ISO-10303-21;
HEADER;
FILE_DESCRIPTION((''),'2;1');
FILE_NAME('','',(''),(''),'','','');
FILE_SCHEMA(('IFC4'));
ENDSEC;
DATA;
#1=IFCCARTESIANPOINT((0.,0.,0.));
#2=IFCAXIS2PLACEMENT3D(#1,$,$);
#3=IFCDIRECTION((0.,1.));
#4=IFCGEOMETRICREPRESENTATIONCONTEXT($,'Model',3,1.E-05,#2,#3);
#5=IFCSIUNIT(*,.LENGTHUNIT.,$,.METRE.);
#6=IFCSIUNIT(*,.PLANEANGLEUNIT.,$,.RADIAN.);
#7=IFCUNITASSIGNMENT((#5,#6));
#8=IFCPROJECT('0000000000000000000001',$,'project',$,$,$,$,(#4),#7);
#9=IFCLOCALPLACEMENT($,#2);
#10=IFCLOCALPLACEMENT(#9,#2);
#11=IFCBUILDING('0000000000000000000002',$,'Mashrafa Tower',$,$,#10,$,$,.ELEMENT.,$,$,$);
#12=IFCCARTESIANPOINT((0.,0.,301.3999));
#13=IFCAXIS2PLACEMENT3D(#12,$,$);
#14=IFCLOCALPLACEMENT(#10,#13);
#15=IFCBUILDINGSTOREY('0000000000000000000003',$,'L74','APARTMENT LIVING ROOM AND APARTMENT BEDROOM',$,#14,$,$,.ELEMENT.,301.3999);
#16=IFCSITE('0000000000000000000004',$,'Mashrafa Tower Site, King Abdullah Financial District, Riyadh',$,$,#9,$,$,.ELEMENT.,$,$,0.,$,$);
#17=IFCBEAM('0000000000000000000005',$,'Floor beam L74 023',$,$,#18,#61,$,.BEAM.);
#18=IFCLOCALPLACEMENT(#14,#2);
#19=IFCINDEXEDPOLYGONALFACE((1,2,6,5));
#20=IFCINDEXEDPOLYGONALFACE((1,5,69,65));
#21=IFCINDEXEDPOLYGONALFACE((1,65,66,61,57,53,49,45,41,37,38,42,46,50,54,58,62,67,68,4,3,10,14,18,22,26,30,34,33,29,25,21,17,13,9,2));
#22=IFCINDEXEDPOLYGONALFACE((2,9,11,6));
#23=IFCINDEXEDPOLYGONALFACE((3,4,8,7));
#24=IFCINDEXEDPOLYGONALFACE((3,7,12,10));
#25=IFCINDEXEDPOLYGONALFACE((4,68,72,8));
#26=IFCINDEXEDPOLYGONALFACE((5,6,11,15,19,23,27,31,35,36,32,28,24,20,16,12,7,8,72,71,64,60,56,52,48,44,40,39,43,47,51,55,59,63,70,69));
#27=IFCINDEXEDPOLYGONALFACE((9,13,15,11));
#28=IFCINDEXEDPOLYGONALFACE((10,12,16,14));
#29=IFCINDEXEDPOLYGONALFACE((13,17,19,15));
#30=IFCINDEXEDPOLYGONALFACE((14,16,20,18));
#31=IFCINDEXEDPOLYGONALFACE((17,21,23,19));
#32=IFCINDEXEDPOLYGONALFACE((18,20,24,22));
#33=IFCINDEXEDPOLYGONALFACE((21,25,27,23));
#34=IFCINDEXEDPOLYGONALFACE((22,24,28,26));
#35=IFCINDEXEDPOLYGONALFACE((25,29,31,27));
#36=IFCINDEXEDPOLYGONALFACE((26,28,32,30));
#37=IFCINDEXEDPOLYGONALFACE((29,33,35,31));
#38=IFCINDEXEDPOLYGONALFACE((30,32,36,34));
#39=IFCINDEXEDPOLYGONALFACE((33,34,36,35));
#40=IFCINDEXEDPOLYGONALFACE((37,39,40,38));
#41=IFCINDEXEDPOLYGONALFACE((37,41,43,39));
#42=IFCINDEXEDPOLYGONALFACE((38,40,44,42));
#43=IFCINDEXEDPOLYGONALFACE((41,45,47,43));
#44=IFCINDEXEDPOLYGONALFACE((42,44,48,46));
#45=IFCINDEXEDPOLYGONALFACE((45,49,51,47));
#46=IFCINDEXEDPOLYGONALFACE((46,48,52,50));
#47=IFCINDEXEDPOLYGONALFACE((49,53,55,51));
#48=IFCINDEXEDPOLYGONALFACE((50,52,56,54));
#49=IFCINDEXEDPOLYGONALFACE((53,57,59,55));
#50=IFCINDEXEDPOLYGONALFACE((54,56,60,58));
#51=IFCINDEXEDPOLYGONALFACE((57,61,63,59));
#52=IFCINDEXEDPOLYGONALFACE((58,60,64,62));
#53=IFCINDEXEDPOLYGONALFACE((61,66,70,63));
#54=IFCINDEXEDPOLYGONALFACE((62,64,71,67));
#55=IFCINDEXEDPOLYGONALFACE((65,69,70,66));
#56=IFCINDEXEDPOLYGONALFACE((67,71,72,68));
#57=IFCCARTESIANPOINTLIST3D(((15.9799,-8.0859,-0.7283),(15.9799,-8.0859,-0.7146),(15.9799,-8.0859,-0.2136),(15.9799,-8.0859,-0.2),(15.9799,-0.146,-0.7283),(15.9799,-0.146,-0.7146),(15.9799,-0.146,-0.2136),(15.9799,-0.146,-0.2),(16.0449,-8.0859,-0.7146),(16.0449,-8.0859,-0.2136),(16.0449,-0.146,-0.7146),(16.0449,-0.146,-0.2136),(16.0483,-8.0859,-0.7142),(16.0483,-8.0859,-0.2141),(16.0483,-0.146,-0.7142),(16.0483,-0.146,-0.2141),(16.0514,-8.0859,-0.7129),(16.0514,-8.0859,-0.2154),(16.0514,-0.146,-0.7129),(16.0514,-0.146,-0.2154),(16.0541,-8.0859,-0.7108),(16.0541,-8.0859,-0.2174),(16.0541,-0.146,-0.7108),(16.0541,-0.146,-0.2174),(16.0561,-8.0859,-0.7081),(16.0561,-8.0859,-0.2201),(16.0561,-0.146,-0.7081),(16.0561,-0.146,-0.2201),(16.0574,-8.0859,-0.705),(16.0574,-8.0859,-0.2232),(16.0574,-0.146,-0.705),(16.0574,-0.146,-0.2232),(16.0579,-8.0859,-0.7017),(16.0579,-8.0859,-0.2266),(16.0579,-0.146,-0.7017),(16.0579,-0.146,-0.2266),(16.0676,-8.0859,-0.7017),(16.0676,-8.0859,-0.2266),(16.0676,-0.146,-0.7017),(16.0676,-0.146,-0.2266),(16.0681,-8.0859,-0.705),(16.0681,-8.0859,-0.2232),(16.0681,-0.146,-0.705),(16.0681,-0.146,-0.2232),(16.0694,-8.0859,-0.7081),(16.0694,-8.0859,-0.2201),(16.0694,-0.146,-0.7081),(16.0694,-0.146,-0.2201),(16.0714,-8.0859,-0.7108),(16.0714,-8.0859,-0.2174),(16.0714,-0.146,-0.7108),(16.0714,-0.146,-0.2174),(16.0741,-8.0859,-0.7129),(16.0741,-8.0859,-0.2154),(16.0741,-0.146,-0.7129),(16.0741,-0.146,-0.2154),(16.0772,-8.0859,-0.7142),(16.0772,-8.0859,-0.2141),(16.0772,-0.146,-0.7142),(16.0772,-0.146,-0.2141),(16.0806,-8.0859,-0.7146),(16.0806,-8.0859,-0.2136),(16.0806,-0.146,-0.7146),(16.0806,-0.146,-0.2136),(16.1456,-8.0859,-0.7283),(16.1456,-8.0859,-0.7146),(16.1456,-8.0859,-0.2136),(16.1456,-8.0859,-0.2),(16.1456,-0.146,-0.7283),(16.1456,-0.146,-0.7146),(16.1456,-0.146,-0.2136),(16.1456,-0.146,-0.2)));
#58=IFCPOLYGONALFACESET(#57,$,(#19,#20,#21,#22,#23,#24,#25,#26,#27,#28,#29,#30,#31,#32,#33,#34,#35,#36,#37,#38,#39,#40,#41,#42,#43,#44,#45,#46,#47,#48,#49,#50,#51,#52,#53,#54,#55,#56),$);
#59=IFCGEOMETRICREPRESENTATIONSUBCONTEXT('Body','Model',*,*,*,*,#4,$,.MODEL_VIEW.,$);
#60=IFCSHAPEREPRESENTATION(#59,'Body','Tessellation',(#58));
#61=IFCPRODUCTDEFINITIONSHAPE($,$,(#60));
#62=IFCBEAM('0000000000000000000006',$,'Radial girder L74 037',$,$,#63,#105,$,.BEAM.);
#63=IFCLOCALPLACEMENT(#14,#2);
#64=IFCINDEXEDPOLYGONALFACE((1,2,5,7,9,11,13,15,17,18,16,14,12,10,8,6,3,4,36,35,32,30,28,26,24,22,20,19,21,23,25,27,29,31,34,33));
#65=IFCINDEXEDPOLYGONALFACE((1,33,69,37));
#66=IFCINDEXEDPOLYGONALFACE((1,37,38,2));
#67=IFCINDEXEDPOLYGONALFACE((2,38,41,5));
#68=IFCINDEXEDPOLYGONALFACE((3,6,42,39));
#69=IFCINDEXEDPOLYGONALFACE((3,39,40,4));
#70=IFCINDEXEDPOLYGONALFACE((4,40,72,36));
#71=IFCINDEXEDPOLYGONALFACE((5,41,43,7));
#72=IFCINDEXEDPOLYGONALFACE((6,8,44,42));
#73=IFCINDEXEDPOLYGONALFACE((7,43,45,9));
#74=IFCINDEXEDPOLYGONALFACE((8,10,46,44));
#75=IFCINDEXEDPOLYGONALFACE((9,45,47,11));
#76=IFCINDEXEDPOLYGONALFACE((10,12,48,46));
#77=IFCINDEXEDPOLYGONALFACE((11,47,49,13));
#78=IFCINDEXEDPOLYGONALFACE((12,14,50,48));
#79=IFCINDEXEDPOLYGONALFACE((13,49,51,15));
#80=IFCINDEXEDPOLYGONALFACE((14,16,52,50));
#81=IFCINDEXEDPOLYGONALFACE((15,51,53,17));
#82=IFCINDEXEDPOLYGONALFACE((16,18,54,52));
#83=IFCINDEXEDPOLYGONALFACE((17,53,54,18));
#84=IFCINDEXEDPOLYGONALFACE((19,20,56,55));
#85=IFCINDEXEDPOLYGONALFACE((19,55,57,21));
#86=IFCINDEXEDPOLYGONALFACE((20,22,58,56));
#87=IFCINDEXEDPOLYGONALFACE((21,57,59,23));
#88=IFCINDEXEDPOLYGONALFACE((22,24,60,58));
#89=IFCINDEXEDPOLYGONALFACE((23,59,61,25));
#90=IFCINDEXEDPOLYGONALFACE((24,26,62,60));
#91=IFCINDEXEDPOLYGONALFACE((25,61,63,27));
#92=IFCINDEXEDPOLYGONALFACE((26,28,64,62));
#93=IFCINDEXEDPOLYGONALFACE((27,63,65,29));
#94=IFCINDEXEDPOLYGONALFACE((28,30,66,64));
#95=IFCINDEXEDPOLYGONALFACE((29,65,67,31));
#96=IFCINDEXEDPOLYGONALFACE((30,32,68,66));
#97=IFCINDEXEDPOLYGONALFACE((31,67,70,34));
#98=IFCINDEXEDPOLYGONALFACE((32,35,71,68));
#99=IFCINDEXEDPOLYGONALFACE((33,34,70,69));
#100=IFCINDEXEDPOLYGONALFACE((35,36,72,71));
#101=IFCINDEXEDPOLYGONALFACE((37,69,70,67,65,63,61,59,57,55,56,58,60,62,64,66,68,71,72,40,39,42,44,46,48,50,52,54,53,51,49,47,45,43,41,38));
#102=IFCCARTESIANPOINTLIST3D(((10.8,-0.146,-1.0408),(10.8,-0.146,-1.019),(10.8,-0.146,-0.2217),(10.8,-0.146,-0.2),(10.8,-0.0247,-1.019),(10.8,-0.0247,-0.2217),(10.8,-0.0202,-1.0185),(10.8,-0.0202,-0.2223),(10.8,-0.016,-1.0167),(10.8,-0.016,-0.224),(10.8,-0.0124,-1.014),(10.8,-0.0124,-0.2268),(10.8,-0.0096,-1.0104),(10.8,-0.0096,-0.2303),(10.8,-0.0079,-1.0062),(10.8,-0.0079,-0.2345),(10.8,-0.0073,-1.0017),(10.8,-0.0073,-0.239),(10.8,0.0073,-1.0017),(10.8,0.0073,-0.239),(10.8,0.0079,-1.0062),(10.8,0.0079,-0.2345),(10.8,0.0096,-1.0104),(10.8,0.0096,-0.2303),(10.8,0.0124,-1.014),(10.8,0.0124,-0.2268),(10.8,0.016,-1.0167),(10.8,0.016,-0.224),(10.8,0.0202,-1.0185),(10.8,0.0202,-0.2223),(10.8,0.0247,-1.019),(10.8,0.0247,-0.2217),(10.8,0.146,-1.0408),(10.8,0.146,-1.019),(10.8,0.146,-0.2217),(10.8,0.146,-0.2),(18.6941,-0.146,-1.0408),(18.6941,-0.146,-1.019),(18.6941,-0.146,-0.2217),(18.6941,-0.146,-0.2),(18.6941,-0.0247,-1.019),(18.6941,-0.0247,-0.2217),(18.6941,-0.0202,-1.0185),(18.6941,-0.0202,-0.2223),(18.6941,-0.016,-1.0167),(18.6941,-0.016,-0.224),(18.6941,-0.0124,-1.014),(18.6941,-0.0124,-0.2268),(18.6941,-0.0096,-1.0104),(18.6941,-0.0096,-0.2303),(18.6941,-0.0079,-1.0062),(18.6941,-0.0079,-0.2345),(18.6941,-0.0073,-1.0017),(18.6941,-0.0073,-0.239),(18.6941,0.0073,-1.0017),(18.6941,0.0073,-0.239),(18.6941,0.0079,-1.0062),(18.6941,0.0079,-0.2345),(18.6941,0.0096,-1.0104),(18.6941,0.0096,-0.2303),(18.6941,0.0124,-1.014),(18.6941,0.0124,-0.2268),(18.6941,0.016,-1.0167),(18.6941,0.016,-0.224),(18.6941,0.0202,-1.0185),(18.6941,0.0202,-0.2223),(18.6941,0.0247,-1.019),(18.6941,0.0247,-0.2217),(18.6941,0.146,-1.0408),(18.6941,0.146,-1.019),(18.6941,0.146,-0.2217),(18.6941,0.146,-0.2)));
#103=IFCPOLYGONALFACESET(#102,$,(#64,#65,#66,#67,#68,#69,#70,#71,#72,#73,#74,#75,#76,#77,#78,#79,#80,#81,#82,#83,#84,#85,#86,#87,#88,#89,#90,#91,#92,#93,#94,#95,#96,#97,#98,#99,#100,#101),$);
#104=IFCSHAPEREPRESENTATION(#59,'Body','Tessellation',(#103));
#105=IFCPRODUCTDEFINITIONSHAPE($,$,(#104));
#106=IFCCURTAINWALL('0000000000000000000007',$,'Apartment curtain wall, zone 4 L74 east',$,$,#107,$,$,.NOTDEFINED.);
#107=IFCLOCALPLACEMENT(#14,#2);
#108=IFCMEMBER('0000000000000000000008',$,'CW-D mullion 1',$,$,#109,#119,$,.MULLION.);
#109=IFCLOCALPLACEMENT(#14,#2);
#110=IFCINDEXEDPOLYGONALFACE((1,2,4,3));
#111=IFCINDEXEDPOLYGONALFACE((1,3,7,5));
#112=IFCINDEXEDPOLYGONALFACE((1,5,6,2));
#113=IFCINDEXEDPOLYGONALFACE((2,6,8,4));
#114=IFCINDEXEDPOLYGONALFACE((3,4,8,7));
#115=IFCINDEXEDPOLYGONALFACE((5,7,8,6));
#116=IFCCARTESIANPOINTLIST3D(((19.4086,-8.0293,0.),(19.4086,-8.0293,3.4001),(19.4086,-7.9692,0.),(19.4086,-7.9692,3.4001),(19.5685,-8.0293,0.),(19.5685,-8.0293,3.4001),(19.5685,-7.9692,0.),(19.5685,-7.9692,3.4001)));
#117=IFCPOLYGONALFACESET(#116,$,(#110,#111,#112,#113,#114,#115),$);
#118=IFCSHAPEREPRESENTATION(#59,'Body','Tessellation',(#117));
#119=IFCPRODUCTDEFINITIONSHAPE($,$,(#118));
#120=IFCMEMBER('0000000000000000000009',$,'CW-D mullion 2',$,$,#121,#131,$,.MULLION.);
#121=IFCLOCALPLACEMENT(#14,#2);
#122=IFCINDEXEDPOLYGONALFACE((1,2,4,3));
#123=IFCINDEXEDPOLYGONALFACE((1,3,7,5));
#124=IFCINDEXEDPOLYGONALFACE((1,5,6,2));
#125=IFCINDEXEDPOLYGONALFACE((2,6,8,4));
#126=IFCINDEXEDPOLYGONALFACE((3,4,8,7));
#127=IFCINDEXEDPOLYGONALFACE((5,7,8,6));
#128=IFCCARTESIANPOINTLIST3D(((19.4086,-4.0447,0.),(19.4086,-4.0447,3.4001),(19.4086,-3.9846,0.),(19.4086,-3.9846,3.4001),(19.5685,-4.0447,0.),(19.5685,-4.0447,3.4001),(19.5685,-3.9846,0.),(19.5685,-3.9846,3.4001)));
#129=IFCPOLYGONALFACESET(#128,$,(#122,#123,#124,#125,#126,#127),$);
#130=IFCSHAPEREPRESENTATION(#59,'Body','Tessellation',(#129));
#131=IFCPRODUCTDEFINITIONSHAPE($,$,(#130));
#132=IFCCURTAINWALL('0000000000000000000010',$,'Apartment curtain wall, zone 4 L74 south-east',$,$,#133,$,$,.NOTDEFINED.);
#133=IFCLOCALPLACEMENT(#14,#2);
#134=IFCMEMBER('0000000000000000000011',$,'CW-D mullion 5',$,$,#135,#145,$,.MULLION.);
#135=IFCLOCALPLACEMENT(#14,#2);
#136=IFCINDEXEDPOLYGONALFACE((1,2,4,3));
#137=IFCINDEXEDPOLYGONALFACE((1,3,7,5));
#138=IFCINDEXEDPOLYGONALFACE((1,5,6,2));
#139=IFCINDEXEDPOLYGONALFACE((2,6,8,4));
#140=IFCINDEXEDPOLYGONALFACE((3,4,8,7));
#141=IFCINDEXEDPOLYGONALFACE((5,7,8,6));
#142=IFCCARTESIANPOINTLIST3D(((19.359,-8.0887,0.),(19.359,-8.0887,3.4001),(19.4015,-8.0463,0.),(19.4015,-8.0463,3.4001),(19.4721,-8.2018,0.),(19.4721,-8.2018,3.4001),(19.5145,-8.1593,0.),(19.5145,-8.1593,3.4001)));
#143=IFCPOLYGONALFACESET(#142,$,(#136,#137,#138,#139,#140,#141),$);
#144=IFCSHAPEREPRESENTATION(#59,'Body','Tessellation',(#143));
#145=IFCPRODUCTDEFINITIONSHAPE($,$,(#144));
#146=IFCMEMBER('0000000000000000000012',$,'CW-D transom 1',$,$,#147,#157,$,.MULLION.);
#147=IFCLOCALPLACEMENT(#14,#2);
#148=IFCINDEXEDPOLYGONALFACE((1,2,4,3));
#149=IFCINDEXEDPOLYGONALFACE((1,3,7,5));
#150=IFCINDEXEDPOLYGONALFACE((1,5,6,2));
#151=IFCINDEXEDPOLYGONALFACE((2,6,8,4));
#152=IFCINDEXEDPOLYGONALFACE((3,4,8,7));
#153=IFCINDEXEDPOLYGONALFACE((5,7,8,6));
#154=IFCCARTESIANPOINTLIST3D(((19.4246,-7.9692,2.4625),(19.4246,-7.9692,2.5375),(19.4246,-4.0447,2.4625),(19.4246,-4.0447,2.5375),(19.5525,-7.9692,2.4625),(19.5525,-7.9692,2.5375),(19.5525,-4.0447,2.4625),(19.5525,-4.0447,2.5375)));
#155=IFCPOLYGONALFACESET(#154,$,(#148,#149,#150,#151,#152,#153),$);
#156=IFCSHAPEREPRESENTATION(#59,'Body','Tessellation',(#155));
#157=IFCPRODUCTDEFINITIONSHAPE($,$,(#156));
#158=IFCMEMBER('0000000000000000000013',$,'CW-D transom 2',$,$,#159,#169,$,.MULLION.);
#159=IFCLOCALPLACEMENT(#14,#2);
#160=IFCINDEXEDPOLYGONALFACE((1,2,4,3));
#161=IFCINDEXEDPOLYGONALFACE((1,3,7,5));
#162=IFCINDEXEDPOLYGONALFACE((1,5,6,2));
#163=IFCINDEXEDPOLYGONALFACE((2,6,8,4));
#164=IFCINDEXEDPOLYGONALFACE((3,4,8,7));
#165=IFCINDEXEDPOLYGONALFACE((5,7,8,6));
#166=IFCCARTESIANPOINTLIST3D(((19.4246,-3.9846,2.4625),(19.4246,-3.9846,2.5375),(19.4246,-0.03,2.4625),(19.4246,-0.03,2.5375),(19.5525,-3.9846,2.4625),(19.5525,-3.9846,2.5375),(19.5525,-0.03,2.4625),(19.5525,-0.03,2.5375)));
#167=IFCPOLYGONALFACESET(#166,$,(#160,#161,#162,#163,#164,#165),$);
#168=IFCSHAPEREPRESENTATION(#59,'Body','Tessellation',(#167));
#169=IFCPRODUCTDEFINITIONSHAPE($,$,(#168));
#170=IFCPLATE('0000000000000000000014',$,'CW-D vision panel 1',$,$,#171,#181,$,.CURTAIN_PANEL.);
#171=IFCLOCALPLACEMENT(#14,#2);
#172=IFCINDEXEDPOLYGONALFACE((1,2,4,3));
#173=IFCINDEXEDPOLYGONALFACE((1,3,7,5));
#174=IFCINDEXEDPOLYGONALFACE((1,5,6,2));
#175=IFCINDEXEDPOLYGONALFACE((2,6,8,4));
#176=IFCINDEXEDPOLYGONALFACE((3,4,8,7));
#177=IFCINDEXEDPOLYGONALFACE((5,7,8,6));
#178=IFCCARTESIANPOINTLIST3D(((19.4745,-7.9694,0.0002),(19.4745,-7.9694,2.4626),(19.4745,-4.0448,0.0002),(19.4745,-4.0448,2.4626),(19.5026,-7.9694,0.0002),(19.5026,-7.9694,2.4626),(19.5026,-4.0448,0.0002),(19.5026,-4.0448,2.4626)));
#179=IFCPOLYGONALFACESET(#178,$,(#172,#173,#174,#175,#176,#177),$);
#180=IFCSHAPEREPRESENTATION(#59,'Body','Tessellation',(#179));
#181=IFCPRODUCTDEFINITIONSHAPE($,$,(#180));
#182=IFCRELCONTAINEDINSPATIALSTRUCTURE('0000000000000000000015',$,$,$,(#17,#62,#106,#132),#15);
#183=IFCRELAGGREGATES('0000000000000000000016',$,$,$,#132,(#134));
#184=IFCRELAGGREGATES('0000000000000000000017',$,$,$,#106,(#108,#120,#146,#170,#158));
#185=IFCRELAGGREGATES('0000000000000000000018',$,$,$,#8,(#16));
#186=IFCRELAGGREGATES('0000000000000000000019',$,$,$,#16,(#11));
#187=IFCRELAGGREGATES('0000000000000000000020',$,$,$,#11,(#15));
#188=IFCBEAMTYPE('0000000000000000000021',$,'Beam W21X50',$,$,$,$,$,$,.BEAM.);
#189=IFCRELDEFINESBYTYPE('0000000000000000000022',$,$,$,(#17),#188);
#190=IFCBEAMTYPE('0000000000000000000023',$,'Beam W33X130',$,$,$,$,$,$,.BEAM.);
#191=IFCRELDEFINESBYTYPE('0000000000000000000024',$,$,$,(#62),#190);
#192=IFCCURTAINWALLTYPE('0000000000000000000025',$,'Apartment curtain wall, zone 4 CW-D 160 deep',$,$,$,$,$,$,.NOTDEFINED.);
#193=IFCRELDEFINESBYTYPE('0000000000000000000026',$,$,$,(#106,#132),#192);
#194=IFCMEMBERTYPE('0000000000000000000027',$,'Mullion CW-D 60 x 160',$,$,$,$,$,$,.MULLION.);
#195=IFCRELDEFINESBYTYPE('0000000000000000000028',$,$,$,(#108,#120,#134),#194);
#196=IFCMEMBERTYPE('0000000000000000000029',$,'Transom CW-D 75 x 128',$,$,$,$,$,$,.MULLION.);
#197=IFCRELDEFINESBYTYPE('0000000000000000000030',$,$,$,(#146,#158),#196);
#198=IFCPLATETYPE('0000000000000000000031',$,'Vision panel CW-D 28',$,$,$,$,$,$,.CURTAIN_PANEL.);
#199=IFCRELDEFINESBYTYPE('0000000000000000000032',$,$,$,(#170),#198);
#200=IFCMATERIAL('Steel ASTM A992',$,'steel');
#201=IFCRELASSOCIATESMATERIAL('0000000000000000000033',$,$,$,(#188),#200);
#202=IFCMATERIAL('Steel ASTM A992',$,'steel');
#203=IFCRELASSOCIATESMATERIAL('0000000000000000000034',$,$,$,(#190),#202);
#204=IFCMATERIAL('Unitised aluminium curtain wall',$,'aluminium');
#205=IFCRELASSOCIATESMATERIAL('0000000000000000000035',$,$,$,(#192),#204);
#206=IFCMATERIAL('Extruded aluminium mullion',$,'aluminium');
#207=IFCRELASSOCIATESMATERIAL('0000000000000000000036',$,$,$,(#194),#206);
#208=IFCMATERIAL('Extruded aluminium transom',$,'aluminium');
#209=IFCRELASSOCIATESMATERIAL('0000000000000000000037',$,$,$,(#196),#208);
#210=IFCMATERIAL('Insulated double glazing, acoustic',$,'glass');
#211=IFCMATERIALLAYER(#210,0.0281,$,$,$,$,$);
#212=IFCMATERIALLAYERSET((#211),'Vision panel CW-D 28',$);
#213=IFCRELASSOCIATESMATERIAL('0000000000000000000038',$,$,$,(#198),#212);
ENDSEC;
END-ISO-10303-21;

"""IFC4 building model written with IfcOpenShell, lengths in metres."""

from ifc_helpers import new_model, si_unit, direction, frame, origin, origin_2d, place, context, subcontext, project, spatial, rectangle, i_section, extrude, source, transform, mapped, material, layer, layer_set, material_profile, profile_set, type_object, type_shapes, element, aggregate, save


model = new_model("IFC4")

# Units and contexts
model_context = context("Model", 3, precision=1e-05, world=origin(), true_north=direction((0.0, 1.0)))
body_context = subcontext(model_context, "Body", "Model", "MODEL_VIEW")
ifc_project = project(units=[si_unit("LENGTHUNIT", "METRE"), si_unit("PLANEANGLEUNIT", "RADIAN")], contexts=[model_context])

# Site, building, storey
site_placement = place(None, origin())
site = spatial("IfcSite", under=ifc_project, at=site_placement, Name="Mashrafa Tower Site, King Abdullah Financial District, Riyadh", CompositionType="ELEMENT", RefElevation=0.0)
building_placement = place(site_placement, origin())
building = spatial("IfcBuilding", under=site, at=building_placement, Name="Mashrafa Tower", CompositionType="ELEMENT")
storey_placement = place(building_placement, frame((0.0, 0.0, 301.3999)))
storey = spatial("IfcBuildingStorey", under=building, at=storey_placement, Name="L74", Description="APARTMENT LIVING ROOM AND APARTMENT BEDROOM", CompositionType="ELEMENT", Elevation=301.3999)

# Beams
ifc_material_1 = material(Name="Steel ASTM A992", Category="steel")
ifc_material_profile_1 = material_profile(ifc_material_1, i_section(OverallWidth=0.1658, OverallDepth=0.5283, WebThickness=0.0098, FlangeThickness=0.0137, FilletRadius=0.0129, at=origin_2d()), Name="W21X50")
ifc_profile_set_1 = profile_set([ifc_material_profile_1], Name="Steel ASTM A992")
beam_type_1 = type_object("IfcBeamType", Name="Beam W21X50", PredefinedType="BEAM", material=ifc_profile_set_1)
beam_1_placement = place(storey_placement, frame((16.0627, -0.146, -0.4641), z_axis=(0.0, -1.0, 0.0), x_axis=(1.0, 0.0, 0.0)))
element("IfcBeam", 1, at=beam_1_placement, inside=storey, type_object=beam_type_1, Name="Floor beam L74 023", PredefinedType="BEAM", context=body_context, shape_type="SweptSolid", body=[
    extrude(i_section(OverallWidth=0.1658, OverallDepth=0.5283, WebThickness=0.0098, FlangeThickness=0.0137, FilletRadius=0.0129, at=origin_2d()), origin(), (0.0, 0.0, 1.0), 7.9399),
])
ifc_material_2 = material(Name="Steel ASTM A992", Category="steel")
ifc_material_profile_2 = material_profile(ifc_material_2, i_section(OverallWidth=0.292, OverallDepth=0.8408, WebThickness=0.0146, FlangeThickness=0.0217, FilletRadius=0.0173, at=origin_2d()), Name="W33X130")
ifc_profile_set_2 = profile_set([ifc_material_profile_2], Name="Steel ASTM A992")
beam_type_2 = type_object("IfcBeamType", Name="Beam W33X130", PredefinedType="BEAM", material=ifc_profile_set_2)
beam_2_placement = place(storey_placement, frame((10.8, 0.0, -0.6204), z_axis=(1.0, 0.0, 0.0), x_axis=(0.0, 1.0, 0.0)))
element("IfcBeam", 2, at=beam_2_placement, inside=storey, type_object=beam_type_2, Name="Radial girder L74 037", PredefinedType="BEAM", context=body_context, shape_type="SweptSolid", body=[
    extrude(i_section(OverallWidth=0.292, OverallDepth=0.8408, WebThickness=0.0146, FlangeThickness=0.0217, FilletRadius=0.0173, at=origin_2d()), origin(), (0.0, 0.0, 1.0), 7.894),
])

# Curtain wall, members
ifc_material_3 = material(Name="Unitised aluminium curtain wall", Category="aluminium")
curtain_wall_type = type_object("IfcCurtainWallType", Name="Apartment curtain wall, zone 4 CW-D 160 deep", PredefinedType="NOTDEFINED", material=ifc_material_3)
curtain_wall_1_placement = place(storey_placement, origin())
curtain_wall_1 = element("IfcCurtainWall", 3, at=curtain_wall_1_placement, inside=storey, type_object=curtain_wall_type, Name="Apartment curtain wall, zone 4 L74 east", PredefinedType="NOTDEFINED")
ifc_material_4 = material(Name="Extruded aluminium mullion", Category="aluminium")
ifc_material_profile_3 = material_profile(ifc_material_4, rectangle(XDim=0.1599, YDim=0.0601, at=origin_2d()), Name="Mullion 60x160")
ifc_profile_set_3 = profile_set([ifc_material_profile_3], Name="Extruded aluminium mullion")
member_type_1 = type_object("IfcMemberType", Name="Mullion CW-D 60 x 160", PredefinedType="MULLION", material=ifc_profile_set_3)
shared_shape_1 = source(origin(), body_context, "Body", "SweptSolid", [
    extrude(rectangle(XDim=0.1599, YDim=0.0601, at=origin_2d()), origin(), (0.0, 0.0, 1.0), 3.4001),
])
type_shapes(member_type_1, [shared_shape_1])
member_1_placement = place(storey_placement, frame((19.4885, -7.9993, 0.0), z_axis=(0.0, 0.0, 1.0), x_axis=(-1.0, 0.0, 0.0)))
member_1 = element("IfcMember", 4, at=member_1_placement, type_object=member_type_1, Name="CW-D mullion 1", PredefinedType="MULLION", context=body_context, shape_type="MappedRepresentation", body=[
    mapped(shared_shape_1, transform((0.0, 0.0, 0.0))),
])
member_2_placement = place(storey_placement, frame((19.4885, -4.0146, 0.0), z_axis=(0.0, 0.0, 1.0), x_axis=(-1.0, 0.0, 0.0)))
member_2 = element("IfcMember", 5, at=member_2_placement, type_object=member_type_1, Name="CW-D mullion 2", PredefinedType="MULLION", context=body_context, shape_type="MappedRepresentation", body=[
    mapped(shared_shape_1, transform((0.0, 0.0, 0.0))),
])

# Curtain wall, member
curtain_wall_2_placement = place(storey_placement, origin())
curtain_wall_2 = element("IfcCurtainWall", 6, at=curtain_wall_2_placement, inside=storey, type_object=curtain_wall_type, Name="Apartment curtain wall, zone 4 L74 south-east", PredefinedType="NOTDEFINED")
member_3_placement = place(storey_placement, frame((19.4368, -8.124, 0.0), z_axis=(0.0, 0.0, 1.0), x_axis=(-0.707107, 0.707107, 0.0)))
member_3 = element("IfcMember", 7, at=member_3_placement, type_object=member_type_1, Name="CW-D mullion 5", PredefinedType="MULLION", context=body_context, shape_type="MappedRepresentation", body=[
    mapped(shared_shape_1, transform((0.0, 0.0, 0.0))),
])

# Members
ifc_material_5 = material(Name="Extruded aluminium transom", Category="aluminium")
ifc_material_profile_4 = material_profile(ifc_material_5, rectangle(XDim=0.1279, YDim=0.075, at=origin_2d()), Name="Transom 75x128")
ifc_profile_set_4 = profile_set([ifc_material_profile_4], Name="Extruded aluminium transom")
member_type_2 = type_object("IfcMemberType", Name="Transom CW-D 75 x 128", PredefinedType="MULLION", material=ifc_profile_set_4)
shared_shape_2 = source(origin(), body_context, "Body", "SweptSolid", [
    extrude(rectangle(XDim=0.1279, YDim=0.075, at=origin_2d()), origin(), (0.0, 0.0, 1.0), 3.9246),
])
member_4_placement = place(storey_placement, frame((19.4885, -7.9692, 2.5), z_axis=(0.0, 1.0, 0.0), x_axis=(-1.0, 0.0, 0.0)))
member_4 = element("IfcMember", 8, at=member_4_placement, type_object=member_type_2, Name="CW-D transom 1", PredefinedType="MULLION", context=body_context, shape_type="MappedRepresentation", body=[
    mapped(shared_shape_2, transform((0.0, 0.0, 0.0))),
])
shared_shape_3 = source(origin(), body_context, "Body", "SweptSolid", [
    extrude(rectangle(XDim=0.1279, YDim=0.075, at=origin_2d()), origin(), (0.0, 0.0, 1.0), 3.9546),
])
type_shapes(member_type_2, [shared_shape_2, shared_shape_3])
member_5_placement = place(storey_placement, frame((19.4885, -3.9846, 2.5), z_axis=(0.0, 1.0, 0.0), x_axis=(-1.0, 0.0, 0.0)))
member_5 = element("IfcMember", 9, at=member_5_placement, type_object=member_type_2, Name="CW-D transom 2", PredefinedType="MULLION", context=body_context, shape_type="MappedRepresentation", body=[
    mapped(shared_shape_3, transform((0.0, 0.0, 0.0))),
])

# Plate
ifc_material_6 = material(Name="Insulated double glazing, acoustic", Category="glass")
ifc_layer_1 = layer(ifc_material_6, 0.0281)
ifc_layer_set_1 = layer_set([ifc_layer_1], Name="Vision panel CW-D 28")
plate_type_1 = type_object("IfcPlateType", Name="Vision panel CW-D 28", PredefinedType="CURTAIN_PANEL", material=ifc_layer_set_1)
shared_shape_4 = source(origin(), body_context, "Body", "SweptSolid", [
    extrude(rectangle(XDim=3.9246, YDim=0.0281, at=origin_2d()), origin(), (0.0, 0.0, 1.0), 2.4624),
])
plate_1_placement = place(storey_placement, frame((19.4885, -6.0071, 0.0002), z_axis=(0.0, 0.0, 1.0), x_axis=(0.0, 1.0, 0.0)))
plate_1 = element("IfcPlate", 10, at=plate_1_placement, type_object=plate_type_1, Name="CW-D vision panel 1", PredefinedType="CURTAIN_PANEL", context=body_context, shape_type="MappedRepresentation", body=[
    mapped(shared_shape_4, transform((0.0, 0.0, 0.0))),
])
aggregate(curtain_wall_2, [member_3])
aggregate(curtain_wall_1, [member_1, member_2, member_4, plate_1, member_5])

save(model, "model.ifc")
